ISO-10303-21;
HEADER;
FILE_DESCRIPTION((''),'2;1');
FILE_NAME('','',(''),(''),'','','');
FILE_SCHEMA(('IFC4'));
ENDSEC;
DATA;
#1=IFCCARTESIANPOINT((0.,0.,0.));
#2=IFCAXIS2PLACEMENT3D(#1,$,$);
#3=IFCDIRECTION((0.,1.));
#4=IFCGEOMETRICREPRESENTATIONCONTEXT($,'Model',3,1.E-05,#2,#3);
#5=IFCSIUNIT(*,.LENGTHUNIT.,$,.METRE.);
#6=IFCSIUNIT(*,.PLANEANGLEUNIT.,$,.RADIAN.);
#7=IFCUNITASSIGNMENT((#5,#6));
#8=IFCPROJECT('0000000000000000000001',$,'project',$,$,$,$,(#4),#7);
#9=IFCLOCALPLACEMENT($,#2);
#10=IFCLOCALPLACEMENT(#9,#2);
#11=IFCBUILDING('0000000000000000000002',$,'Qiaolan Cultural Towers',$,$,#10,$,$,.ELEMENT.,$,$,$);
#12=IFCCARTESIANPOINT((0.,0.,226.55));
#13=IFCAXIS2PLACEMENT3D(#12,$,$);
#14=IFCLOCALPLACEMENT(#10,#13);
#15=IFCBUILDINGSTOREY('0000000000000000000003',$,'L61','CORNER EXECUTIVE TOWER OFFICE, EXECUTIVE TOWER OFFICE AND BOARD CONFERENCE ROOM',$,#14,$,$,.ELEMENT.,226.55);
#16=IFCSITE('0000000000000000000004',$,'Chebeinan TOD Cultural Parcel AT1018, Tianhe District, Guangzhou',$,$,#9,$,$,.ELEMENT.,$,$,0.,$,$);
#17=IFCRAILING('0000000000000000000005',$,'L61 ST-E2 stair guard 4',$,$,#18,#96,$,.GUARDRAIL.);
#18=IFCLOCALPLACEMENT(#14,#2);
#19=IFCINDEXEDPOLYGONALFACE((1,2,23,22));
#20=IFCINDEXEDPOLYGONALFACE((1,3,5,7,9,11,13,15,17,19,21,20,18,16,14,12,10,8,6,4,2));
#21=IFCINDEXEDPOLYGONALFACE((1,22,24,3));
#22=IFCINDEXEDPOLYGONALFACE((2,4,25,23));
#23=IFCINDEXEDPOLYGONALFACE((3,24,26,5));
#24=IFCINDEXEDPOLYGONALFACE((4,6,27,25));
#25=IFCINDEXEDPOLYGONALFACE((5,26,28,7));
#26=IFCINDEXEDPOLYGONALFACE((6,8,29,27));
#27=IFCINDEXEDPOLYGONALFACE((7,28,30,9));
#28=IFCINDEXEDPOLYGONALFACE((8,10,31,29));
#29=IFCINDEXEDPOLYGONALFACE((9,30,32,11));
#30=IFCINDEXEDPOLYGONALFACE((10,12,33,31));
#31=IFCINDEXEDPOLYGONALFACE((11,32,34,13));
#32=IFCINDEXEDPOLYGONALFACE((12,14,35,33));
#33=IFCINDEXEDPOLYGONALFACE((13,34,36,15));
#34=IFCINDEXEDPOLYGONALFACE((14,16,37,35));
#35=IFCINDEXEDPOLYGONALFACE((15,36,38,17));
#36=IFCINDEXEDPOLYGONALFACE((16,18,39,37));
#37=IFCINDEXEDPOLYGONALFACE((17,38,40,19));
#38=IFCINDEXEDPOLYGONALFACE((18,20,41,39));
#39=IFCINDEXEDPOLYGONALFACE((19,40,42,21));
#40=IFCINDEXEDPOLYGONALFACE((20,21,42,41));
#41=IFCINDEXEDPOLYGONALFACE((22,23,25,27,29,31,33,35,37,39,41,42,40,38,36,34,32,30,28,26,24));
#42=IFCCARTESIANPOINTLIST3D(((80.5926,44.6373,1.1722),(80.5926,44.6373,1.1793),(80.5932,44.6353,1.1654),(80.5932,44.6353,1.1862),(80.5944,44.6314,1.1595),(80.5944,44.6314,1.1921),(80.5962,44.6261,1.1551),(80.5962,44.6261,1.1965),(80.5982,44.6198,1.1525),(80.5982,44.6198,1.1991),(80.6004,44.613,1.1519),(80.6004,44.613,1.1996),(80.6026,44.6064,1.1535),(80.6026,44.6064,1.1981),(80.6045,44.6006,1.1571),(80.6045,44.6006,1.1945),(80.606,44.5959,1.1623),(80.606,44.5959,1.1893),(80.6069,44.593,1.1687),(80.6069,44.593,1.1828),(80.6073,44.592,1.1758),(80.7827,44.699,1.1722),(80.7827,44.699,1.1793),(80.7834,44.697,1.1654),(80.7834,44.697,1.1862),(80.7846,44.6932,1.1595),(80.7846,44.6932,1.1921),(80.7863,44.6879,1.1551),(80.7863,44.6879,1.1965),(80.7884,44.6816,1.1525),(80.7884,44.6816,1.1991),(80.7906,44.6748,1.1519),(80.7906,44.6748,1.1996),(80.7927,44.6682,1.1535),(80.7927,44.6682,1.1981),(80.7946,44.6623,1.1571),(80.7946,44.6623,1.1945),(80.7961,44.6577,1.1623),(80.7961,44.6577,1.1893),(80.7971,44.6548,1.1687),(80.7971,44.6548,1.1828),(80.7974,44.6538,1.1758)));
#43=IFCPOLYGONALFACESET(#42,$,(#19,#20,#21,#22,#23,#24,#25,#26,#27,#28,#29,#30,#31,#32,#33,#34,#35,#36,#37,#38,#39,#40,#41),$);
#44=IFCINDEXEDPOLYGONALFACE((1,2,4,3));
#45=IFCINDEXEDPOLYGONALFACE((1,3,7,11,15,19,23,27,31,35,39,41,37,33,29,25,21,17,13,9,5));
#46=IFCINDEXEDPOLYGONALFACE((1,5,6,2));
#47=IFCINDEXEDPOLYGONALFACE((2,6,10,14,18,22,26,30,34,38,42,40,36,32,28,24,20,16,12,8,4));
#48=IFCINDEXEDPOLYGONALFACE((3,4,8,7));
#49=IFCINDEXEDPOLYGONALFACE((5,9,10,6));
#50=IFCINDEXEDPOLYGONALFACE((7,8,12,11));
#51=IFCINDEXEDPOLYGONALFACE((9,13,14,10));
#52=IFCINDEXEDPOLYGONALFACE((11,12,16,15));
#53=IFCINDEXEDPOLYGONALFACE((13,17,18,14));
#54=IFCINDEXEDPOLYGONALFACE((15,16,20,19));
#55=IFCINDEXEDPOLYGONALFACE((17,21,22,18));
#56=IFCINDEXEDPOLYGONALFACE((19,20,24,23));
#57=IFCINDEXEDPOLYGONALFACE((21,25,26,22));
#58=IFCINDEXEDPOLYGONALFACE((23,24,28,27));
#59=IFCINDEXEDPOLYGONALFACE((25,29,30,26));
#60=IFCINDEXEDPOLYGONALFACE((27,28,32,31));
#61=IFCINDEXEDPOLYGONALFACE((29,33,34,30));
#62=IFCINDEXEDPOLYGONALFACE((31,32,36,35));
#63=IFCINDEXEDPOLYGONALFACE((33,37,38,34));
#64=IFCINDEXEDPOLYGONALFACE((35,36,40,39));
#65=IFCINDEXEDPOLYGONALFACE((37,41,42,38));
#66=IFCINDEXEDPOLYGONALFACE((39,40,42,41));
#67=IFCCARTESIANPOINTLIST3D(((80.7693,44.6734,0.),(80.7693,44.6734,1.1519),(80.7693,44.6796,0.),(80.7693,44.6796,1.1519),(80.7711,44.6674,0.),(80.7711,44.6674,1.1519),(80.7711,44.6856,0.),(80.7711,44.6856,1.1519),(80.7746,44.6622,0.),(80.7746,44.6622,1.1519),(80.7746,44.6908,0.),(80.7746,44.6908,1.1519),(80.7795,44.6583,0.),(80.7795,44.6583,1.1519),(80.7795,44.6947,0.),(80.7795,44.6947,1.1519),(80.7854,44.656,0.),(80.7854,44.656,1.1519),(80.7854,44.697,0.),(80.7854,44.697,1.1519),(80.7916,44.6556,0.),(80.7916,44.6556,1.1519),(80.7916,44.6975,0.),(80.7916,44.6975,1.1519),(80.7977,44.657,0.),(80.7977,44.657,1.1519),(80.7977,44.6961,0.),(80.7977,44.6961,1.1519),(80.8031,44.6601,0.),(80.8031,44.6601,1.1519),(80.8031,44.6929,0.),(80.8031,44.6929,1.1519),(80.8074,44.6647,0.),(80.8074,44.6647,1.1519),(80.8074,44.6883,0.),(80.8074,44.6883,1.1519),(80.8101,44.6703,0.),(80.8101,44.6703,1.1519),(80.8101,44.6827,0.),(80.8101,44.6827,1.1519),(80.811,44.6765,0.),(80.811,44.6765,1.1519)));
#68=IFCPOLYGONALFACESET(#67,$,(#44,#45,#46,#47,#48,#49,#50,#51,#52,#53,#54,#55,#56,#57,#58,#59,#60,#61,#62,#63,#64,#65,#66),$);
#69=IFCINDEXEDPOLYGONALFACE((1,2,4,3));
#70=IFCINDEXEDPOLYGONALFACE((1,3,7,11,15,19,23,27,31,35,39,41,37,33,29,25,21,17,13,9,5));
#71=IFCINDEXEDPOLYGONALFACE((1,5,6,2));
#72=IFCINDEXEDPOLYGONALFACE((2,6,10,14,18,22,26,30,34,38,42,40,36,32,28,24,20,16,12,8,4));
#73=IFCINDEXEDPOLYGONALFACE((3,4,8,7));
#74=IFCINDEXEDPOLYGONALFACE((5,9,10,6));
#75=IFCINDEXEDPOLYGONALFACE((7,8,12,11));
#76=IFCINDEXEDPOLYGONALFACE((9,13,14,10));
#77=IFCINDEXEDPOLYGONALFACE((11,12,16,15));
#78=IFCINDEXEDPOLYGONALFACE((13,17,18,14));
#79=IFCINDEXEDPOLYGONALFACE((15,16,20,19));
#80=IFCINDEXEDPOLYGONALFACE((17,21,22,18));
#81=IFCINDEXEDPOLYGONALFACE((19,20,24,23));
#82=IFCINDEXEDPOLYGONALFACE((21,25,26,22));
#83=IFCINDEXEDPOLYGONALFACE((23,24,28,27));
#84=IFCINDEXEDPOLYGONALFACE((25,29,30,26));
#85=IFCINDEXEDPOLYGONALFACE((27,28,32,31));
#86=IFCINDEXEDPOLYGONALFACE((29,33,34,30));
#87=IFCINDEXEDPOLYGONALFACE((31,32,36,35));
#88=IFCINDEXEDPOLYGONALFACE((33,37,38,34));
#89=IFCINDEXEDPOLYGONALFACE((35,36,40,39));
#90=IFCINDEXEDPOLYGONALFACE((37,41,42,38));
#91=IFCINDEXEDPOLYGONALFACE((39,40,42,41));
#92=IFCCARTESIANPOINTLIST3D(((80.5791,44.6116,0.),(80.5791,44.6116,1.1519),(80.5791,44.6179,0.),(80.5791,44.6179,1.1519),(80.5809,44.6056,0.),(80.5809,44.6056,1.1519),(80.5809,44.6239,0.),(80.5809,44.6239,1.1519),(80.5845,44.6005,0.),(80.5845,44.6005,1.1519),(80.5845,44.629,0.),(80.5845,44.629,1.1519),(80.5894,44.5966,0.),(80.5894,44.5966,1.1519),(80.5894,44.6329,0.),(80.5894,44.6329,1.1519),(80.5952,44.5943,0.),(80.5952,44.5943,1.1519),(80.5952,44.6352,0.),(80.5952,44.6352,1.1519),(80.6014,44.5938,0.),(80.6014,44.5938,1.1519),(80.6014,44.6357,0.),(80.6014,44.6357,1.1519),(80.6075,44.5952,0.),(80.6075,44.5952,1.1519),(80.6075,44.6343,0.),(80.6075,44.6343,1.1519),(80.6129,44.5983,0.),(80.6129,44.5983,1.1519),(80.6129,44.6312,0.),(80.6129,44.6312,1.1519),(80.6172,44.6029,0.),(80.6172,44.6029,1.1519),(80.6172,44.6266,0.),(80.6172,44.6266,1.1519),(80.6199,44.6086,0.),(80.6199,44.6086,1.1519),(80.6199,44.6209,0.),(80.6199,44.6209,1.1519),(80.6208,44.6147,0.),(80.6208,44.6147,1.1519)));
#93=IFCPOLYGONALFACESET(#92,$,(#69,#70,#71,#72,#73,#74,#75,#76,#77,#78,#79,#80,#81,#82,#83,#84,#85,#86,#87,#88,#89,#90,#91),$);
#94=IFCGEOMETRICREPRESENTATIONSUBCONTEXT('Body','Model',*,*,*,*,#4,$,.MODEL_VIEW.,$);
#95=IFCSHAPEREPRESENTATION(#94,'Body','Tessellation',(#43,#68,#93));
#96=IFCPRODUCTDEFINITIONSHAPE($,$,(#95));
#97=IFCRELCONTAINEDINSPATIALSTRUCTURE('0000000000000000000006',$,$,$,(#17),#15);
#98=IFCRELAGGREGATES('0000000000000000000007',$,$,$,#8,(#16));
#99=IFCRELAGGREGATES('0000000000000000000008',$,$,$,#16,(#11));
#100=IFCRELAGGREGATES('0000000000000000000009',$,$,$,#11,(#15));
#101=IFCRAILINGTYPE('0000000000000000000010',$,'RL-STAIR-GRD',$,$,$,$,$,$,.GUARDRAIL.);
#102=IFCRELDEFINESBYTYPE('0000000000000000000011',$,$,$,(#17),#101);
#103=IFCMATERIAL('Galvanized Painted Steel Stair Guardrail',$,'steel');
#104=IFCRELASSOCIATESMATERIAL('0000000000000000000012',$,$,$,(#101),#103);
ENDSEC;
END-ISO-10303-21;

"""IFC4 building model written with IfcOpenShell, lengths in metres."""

from ifc_helpers import new_model, si_unit, direction, frame, origin, origin_2d, place, context, subcontext, project, spatial, circle, extrude, material, type_object, element, save


model = new_model("IFC4")

# Units and contexts
model_context = context("Model", 3, precision=1e-05, world=origin(), true_north=direction((0.0, 1.0)))
body_context = subcontext(model_context, "Body", "Model", "MODEL_VIEW")
ifc_project = project(units=[si_unit("LENGTHUNIT", "METRE"), si_unit("PLANEANGLEUNIT", "RADIAN")], contexts=[model_context])

# Site, building, storey
site_placement = place(None, origin())
site = spatial("IfcSite", under=ifc_project, at=site_placement, Name="Chebeinan TOD Cultural Parcel AT1018, Tianhe District, Guangzhou", CompositionType="ELEMENT", RefElevation=0.0)
building_placement = place(site_placement, origin())
building = spatial("IfcBuilding", under=site, at=building_placement, Name="Qiaolan Cultural Towers", CompositionType="ELEMENT")
storey_placement = place(building_placement, frame((0.0, 0.0, 226.55)))
storey = spatial("IfcBuildingStorey", under=building, at=storey_placement, Name="L61", Description="CORNER EXECUTIVE TOWER OFFICE, EXECUTIVE TOWER OFFICE AND BOARD CONFERENCE ROOM", CompositionType="ELEMENT", Elevation=226.55)

# Railing
ifc_material_1 = material(Name="Galvanized Painted Steel Stair Guardrail", Category="steel")
railing_type_1 = type_object("IfcRailingType", Name="RL-STAIR-GRD", PredefinedType="GUARDRAIL", material=ifc_material_1)
railing_1_placement = place(storey_placement, frame((80.79, 44.6765, 0.0)))
element("IfcRailing", 1, at=railing_1_placement, inside=storey, type_object=railing_type_1, Name="L61 ST-E2 stair guard 4", PredefinedType="GUARDRAIL", context=body_context, shape_type="SweptSolid", body=[
    extrude(circle(Radius=0.0239, at=origin_2d()), frame((0.0, 0.0, 1.1758), z_axis=(-0.951097, -0.308893, 0.0), x_axis=(0.308893, -0.951097, 0.0)), (0.0, 0.0, 1.0), 0.2),
    extrude(circle(Radius=0.021, at=origin_2d()), origin(), (0.0, 0.0, 1.0), 1.1519),
    extrude(circle(Radius=0.021, at=origin_2d()), frame((-0.1902, -0.0618, 0.0)), (0.0, 0.0, 1.0), 1.1519),
])

save(model, "model.ifc")
